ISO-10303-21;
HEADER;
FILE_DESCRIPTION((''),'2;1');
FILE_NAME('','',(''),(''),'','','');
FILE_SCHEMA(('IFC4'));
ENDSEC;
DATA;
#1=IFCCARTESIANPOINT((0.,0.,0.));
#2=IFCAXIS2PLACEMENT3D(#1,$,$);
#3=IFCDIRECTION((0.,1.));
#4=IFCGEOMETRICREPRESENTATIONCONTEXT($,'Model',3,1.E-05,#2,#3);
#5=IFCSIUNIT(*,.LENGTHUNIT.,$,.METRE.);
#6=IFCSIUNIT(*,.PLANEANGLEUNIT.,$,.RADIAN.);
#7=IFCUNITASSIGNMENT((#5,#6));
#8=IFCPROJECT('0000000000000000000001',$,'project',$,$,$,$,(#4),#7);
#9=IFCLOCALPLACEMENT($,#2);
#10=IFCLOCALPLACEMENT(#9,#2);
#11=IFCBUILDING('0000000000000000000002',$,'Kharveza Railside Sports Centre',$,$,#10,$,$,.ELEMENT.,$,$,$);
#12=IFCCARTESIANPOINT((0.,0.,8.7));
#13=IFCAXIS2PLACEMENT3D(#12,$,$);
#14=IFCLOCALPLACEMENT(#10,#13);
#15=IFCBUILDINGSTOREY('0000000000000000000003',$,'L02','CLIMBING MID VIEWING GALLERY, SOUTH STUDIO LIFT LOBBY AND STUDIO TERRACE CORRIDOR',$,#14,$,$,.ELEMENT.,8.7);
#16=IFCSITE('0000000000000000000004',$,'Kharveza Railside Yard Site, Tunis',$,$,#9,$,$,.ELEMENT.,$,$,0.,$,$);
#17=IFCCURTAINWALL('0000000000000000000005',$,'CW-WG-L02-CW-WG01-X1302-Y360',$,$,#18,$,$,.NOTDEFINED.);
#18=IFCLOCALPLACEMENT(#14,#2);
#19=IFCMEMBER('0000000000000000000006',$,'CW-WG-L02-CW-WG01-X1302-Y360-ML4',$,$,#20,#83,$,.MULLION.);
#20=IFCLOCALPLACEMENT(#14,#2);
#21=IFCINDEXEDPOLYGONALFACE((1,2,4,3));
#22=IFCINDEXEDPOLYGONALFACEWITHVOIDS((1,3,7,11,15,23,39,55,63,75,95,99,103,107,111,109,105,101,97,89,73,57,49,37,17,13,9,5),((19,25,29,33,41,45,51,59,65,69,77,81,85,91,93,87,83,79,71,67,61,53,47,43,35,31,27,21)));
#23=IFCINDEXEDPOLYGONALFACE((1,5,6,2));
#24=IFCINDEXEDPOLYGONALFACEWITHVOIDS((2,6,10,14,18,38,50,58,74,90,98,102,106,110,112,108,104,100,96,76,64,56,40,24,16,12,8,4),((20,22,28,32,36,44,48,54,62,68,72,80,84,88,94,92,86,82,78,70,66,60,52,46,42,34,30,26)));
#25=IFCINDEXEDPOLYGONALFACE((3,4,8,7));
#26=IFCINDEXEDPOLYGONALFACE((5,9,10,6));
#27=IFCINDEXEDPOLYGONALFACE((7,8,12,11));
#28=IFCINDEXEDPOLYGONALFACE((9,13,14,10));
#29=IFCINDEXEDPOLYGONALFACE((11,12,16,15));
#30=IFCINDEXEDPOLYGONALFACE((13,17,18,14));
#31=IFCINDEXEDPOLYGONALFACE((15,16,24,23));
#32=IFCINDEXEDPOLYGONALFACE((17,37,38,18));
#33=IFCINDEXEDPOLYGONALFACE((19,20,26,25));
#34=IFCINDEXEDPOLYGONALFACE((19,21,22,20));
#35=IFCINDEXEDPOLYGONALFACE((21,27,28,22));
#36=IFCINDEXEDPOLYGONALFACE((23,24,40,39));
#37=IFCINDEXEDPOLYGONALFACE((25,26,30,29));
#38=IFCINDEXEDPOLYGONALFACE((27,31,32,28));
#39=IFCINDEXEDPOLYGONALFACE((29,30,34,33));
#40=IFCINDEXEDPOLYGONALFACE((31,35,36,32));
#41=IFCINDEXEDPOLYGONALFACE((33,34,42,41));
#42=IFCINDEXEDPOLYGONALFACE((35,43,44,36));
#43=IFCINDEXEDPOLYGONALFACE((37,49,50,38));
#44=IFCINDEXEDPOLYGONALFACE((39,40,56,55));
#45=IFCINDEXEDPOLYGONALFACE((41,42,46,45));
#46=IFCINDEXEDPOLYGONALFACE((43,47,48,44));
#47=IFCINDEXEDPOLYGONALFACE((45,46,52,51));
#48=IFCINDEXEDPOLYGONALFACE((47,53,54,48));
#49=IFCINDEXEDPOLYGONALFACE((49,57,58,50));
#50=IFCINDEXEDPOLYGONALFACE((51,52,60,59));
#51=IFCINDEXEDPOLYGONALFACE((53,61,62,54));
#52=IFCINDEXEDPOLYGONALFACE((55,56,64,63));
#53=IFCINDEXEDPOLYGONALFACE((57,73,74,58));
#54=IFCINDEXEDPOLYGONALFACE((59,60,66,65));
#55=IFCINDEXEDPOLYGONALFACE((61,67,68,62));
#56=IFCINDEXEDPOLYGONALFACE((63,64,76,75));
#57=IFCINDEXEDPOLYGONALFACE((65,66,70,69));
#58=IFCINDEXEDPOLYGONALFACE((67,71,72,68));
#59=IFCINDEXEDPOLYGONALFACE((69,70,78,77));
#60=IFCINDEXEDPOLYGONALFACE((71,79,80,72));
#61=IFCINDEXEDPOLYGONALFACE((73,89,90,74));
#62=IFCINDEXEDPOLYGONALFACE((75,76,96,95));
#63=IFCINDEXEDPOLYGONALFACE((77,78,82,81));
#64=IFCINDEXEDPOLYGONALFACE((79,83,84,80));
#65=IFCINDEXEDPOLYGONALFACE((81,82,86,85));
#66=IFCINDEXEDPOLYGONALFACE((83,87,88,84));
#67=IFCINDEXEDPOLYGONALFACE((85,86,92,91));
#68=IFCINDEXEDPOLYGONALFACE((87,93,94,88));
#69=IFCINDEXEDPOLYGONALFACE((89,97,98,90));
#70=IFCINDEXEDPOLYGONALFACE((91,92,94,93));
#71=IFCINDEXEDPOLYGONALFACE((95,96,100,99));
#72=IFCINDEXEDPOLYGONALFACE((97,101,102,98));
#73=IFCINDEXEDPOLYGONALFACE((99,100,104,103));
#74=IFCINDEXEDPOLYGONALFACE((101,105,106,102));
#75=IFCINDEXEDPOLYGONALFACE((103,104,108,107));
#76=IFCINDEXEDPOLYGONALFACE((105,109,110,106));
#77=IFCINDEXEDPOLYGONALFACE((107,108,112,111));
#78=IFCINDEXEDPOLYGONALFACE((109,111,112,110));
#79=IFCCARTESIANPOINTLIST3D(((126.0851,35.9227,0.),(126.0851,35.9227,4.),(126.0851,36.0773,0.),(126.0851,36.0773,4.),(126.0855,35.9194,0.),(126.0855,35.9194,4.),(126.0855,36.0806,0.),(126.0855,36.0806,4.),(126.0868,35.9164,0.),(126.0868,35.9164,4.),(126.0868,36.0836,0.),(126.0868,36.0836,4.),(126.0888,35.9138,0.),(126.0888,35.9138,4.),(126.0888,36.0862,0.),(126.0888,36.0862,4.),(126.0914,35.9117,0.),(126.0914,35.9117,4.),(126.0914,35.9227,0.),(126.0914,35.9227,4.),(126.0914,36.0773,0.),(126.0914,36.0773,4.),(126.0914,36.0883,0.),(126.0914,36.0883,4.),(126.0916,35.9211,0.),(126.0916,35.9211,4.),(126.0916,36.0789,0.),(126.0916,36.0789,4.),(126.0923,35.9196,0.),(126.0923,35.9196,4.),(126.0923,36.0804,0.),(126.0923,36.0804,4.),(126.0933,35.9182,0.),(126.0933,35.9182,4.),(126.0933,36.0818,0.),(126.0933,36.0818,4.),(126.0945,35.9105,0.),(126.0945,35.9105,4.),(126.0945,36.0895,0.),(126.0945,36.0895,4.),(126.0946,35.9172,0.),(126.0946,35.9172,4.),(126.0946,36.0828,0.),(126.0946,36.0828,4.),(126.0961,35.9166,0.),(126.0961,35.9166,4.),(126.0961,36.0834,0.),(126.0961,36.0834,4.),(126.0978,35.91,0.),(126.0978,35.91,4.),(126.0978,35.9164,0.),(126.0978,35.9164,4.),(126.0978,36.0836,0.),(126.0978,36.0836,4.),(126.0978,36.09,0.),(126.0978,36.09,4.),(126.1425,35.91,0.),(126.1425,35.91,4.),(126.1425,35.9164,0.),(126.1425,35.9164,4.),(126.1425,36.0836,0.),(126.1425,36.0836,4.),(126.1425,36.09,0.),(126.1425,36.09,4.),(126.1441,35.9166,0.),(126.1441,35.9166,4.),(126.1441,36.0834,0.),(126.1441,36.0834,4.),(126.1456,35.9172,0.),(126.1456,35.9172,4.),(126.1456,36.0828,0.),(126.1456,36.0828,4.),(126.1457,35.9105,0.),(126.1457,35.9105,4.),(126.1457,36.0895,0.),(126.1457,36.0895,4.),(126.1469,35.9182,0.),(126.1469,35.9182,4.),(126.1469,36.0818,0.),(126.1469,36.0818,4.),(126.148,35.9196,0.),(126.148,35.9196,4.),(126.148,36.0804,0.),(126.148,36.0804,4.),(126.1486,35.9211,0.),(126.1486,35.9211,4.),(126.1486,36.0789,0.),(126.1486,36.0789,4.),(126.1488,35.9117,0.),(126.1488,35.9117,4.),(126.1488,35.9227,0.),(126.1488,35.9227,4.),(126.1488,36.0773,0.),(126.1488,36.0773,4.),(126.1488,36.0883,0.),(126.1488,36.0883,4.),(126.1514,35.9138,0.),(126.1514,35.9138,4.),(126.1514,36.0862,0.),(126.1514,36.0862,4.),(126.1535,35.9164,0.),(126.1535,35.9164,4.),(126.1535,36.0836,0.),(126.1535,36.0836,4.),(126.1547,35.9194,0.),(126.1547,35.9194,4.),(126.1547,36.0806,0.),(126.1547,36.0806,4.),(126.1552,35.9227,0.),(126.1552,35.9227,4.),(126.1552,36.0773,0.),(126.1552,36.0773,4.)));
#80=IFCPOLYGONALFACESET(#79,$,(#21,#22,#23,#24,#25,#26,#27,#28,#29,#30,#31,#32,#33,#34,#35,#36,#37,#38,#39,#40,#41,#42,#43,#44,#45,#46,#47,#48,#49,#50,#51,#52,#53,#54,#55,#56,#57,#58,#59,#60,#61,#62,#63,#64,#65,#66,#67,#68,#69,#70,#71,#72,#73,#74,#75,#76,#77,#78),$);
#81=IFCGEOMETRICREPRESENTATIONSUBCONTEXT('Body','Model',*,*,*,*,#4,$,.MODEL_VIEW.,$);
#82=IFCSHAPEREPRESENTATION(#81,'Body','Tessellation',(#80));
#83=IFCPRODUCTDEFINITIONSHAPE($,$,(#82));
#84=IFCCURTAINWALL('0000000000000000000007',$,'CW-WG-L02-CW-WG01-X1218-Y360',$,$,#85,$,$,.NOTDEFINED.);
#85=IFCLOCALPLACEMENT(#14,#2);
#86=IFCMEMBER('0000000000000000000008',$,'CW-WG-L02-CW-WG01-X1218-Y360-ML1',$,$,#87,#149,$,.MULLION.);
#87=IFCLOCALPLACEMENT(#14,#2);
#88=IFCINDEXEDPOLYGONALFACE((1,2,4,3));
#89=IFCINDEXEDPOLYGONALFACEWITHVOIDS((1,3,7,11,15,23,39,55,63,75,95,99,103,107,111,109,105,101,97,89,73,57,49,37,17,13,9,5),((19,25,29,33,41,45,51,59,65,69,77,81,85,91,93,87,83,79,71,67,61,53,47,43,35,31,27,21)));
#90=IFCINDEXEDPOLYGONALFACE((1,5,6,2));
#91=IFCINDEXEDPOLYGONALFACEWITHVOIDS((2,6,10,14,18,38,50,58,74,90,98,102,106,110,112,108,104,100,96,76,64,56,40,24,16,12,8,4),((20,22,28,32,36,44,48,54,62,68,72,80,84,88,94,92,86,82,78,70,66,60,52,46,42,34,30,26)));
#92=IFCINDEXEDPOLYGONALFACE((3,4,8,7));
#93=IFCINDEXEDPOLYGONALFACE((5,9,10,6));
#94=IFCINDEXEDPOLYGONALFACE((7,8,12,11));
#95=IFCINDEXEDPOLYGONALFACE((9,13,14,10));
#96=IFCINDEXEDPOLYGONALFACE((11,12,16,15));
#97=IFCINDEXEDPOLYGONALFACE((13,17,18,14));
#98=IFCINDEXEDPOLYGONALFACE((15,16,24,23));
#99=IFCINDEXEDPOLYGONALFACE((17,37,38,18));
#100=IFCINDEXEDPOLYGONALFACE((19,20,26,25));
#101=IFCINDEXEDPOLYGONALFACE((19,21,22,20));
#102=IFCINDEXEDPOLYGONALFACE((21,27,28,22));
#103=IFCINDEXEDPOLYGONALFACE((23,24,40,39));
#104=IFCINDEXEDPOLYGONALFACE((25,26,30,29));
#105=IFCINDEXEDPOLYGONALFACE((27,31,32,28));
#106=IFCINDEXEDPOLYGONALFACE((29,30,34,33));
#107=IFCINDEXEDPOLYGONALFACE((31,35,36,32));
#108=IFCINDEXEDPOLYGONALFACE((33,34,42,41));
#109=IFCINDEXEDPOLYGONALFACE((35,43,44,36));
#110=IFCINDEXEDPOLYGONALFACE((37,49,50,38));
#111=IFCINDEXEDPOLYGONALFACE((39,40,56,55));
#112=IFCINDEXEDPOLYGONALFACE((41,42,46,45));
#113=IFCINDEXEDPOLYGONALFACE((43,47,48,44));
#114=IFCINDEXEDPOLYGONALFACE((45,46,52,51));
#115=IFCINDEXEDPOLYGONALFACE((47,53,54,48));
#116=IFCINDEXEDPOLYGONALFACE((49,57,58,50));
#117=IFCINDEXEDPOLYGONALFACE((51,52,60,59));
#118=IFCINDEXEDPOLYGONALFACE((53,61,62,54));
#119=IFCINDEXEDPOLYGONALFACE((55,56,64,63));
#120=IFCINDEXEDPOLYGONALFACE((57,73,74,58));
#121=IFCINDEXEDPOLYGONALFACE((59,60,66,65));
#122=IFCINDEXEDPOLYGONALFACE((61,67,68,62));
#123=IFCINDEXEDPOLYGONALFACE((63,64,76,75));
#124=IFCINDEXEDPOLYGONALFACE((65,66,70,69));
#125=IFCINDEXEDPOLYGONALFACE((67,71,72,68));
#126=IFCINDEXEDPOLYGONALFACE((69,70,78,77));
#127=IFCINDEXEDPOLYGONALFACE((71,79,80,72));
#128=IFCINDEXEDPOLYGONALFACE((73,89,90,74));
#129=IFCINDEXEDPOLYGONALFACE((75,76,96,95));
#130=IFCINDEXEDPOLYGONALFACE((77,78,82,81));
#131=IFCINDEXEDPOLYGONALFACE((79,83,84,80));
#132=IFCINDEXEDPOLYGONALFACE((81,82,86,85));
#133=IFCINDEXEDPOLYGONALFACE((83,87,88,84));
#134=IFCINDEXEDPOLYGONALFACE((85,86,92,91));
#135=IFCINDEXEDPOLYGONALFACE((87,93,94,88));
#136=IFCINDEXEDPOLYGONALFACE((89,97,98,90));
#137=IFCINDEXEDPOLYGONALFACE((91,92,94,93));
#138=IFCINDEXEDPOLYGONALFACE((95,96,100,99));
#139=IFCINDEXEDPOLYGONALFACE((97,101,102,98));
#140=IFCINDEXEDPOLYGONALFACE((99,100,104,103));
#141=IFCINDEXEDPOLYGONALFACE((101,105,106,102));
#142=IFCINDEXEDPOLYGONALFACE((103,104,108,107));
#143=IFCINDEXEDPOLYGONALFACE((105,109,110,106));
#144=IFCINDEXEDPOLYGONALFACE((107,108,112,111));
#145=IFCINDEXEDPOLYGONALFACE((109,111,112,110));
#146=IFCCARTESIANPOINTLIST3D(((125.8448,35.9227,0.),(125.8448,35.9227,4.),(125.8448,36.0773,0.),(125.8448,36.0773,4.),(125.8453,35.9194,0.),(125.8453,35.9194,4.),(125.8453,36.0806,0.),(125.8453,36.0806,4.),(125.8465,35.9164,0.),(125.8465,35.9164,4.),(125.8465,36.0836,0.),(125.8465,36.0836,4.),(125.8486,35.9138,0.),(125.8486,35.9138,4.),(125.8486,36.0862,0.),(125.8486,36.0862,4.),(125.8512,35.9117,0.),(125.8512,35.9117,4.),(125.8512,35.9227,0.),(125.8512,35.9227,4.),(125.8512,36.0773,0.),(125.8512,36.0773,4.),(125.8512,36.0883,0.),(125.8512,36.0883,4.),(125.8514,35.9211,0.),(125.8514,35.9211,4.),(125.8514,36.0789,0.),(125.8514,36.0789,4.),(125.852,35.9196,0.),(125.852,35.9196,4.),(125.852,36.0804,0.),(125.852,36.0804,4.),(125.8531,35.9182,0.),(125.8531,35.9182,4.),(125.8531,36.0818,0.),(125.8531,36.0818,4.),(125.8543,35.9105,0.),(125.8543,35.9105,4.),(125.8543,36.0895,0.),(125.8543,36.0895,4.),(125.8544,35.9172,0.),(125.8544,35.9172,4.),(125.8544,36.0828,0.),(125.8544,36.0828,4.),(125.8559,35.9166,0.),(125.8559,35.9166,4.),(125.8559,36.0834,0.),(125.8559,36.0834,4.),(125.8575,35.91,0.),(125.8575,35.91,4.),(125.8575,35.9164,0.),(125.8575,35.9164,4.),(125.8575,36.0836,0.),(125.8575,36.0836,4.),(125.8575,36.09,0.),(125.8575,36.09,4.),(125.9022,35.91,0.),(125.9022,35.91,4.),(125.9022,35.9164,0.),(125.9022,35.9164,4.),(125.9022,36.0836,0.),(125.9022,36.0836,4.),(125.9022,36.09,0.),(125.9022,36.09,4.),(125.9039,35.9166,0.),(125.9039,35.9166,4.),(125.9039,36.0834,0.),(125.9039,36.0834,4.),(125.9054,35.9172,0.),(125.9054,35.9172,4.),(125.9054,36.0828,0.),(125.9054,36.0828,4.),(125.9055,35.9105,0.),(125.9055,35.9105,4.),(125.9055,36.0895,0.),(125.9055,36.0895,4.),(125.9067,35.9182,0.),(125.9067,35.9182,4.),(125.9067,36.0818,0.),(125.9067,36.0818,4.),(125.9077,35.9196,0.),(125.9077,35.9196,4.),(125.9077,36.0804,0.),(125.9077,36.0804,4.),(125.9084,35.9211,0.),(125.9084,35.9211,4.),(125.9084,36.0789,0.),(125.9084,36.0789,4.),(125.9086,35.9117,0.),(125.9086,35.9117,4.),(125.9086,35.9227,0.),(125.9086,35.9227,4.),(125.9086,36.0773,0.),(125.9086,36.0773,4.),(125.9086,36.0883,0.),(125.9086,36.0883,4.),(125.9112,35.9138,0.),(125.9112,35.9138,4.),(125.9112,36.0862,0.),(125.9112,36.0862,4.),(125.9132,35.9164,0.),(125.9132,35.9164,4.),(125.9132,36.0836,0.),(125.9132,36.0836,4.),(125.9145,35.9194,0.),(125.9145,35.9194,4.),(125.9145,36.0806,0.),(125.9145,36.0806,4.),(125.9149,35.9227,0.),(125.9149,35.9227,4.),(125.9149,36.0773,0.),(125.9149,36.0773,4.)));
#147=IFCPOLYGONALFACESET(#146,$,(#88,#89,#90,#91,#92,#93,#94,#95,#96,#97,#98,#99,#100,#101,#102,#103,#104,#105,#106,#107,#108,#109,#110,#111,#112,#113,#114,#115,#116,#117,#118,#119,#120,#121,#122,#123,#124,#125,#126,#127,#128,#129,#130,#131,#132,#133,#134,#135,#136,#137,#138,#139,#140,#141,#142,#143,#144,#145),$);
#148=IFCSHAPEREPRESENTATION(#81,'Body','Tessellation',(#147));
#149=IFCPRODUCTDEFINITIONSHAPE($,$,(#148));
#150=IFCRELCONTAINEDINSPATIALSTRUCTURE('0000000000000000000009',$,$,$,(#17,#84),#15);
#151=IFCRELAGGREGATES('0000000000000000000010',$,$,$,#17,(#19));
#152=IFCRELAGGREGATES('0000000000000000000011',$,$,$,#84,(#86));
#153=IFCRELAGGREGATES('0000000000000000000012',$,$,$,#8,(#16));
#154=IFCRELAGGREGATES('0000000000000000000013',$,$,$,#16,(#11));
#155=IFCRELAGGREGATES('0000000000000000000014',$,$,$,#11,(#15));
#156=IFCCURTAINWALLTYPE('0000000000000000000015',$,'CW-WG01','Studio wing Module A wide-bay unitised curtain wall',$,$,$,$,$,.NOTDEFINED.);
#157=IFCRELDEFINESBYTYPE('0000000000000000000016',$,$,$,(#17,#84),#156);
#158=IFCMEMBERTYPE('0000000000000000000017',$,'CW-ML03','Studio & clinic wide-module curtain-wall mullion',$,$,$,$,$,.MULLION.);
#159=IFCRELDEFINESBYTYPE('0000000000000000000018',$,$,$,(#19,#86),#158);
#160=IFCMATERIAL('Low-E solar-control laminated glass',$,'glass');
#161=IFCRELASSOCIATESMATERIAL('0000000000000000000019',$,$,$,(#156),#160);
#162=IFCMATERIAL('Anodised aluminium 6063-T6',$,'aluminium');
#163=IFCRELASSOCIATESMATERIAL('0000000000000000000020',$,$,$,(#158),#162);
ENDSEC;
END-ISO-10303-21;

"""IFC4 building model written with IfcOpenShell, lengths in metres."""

from ifc_helpers import new_model, si_unit, direction, frame, origin, origin_2d, place, context, subcontext, project, spatial, hollow_rectangle, extrude, material, material_profile, profile_set, type_object, element, aggregate, save


model = new_model("IFC4")

# Units and contexts
model_context = context("Model", 3, precision=1e-05, world=origin(), true_north=direction((0.0, 1.0)))
body_context = subcontext(model_context, "Body", "Model", "MODEL_VIEW")
ifc_project = project(units=[si_unit("LENGTHUNIT", "METRE"), si_unit("PLANEANGLEUNIT", "RADIAN")], contexts=[model_context])

# Site, building, storey
site_placement = place(None, origin())
site = spatial("IfcSite", under=ifc_project, at=site_placement, Name="Kharveza Railside Yard Site, Tunis", CompositionType="ELEMENT", RefElevation=0.0)
building_placement = place(site_placement, origin())
building = spatial("IfcBuilding", under=site, at=building_placement, Name="Kharveza Railside Sports Centre", CompositionType="ELEMENT")
storey_placement = place(building_placement, frame((0.0, 0.0, 8.7)))
storey = spatial("IfcBuildingStorey", under=building, at=storey_placement, Name="L02", Description="CLIMBING MID VIEWING GALLERY, SOUTH STUDIO LIFT LOBBY AND STUDIO TERRACE CORRIDOR", CompositionType="ELEMENT", Elevation=8.7)

# Curtain wall, member
ifc_material_1 = material(Name="Low-E solar-control laminated glass", Category="glass")
curtain_wall_type = type_object("IfcCurtainWallType", Name="CW-WG01", Description="Studio wing Module A wide-bay unitised curtain wall", PredefinedType="NOTDEFINED", material=ifc_material_1)
curtain_wall_1_placement = place(storey_placement, origin())
curtain_wall_1 = element("IfcCurtainWall", 1, at=curtain_wall_1_placement, inside=storey, type_object=curtain_wall_type, Name="CW-WG-L02-CW-WG01-X1302-Y360", PredefinedType="NOTDEFINED")
ifc_material_2 = material(Name="Anodised aluminium 6063-T6", Category="aluminium")
ifc_material_profile_1 = material_profile(ifc_material_2, hollow_rectangle(XDim=0.0701, YDim=0.1799, WallThickness=0.0063, InnerFilletRadius=0.0063, OuterFilletRadius=0.0127, at=origin_2d()), Name="RHS 70x180x6.3")
ifc_profile_set_1 = profile_set([ifc_material_profile_1], Name="Anodised aluminium 6063-T6")
member_type_1 = type_object("IfcMemberType", Name="CW-ML03", Description="Studio & clinic wide-module curtain-wall mullion", PredefinedType="MULLION", material=ifc_profile_set_1)
member_1_placement = place(storey_placement, frame((126.1201, 36.0, 0.0), z_axis=(0.0, 0.0, 1.0), x_axis=(1.0, 0.0, 0.0)))
member_1 = element("IfcMember", 2, at=member_1_placement, type_object=member_type_1, Name="CW-WG-L02-CW-WG01-X1302-Y360-ML4", PredefinedType="MULLION", context=body_context, shape_type="SweptSolid", body=[
    extrude(hollow_rectangle(XDim=0.0701, YDim=0.1799, WallThickness=0.0063, InnerFilletRadius=0.0063, OuterFilletRadius=0.0127, at=origin_2d()), origin(), (0.0, 0.0, 1.0), 4.0),
])

# Curtain wall, member
curtain_wall_2_placement = place(storey_placement, origin())
curtain_wall_2 = element("IfcCurtainWall", 3, at=curtain_wall_2_placement, inside=storey, type_object=curtain_wall_type, Name="CW-WG-L02-CW-WG01-X1218-Y360", PredefinedType="NOTDEFINED")
member_2_placement = place(storey_placement, frame((125.8799, 36.0, 0.0), z_axis=(0.0, 0.0, 1.0), x_axis=(1.0, 0.0, 0.0)))
member_2 = element("IfcMember", 4, at=member_2_placement, type_object=member_type_1, Name="CW-WG-L02-CW-WG01-X1218-Y360-ML1", PredefinedType="MULLION", context=body_context, shape_type="SweptSolid", body=[
    extrude(hollow_rectangle(XDim=0.0701, YDim=0.1799, WallThickness=0.0063, InnerFilletRadius=0.0063, OuterFilletRadius=0.0127, at=origin_2d()), origin(), (0.0, 0.0, 1.0), 4.0),
])

aggregate(curtain_wall_1, [member_1])
aggregate(curtain_wall_2, [member_2])

save(model, "model.ifc")
